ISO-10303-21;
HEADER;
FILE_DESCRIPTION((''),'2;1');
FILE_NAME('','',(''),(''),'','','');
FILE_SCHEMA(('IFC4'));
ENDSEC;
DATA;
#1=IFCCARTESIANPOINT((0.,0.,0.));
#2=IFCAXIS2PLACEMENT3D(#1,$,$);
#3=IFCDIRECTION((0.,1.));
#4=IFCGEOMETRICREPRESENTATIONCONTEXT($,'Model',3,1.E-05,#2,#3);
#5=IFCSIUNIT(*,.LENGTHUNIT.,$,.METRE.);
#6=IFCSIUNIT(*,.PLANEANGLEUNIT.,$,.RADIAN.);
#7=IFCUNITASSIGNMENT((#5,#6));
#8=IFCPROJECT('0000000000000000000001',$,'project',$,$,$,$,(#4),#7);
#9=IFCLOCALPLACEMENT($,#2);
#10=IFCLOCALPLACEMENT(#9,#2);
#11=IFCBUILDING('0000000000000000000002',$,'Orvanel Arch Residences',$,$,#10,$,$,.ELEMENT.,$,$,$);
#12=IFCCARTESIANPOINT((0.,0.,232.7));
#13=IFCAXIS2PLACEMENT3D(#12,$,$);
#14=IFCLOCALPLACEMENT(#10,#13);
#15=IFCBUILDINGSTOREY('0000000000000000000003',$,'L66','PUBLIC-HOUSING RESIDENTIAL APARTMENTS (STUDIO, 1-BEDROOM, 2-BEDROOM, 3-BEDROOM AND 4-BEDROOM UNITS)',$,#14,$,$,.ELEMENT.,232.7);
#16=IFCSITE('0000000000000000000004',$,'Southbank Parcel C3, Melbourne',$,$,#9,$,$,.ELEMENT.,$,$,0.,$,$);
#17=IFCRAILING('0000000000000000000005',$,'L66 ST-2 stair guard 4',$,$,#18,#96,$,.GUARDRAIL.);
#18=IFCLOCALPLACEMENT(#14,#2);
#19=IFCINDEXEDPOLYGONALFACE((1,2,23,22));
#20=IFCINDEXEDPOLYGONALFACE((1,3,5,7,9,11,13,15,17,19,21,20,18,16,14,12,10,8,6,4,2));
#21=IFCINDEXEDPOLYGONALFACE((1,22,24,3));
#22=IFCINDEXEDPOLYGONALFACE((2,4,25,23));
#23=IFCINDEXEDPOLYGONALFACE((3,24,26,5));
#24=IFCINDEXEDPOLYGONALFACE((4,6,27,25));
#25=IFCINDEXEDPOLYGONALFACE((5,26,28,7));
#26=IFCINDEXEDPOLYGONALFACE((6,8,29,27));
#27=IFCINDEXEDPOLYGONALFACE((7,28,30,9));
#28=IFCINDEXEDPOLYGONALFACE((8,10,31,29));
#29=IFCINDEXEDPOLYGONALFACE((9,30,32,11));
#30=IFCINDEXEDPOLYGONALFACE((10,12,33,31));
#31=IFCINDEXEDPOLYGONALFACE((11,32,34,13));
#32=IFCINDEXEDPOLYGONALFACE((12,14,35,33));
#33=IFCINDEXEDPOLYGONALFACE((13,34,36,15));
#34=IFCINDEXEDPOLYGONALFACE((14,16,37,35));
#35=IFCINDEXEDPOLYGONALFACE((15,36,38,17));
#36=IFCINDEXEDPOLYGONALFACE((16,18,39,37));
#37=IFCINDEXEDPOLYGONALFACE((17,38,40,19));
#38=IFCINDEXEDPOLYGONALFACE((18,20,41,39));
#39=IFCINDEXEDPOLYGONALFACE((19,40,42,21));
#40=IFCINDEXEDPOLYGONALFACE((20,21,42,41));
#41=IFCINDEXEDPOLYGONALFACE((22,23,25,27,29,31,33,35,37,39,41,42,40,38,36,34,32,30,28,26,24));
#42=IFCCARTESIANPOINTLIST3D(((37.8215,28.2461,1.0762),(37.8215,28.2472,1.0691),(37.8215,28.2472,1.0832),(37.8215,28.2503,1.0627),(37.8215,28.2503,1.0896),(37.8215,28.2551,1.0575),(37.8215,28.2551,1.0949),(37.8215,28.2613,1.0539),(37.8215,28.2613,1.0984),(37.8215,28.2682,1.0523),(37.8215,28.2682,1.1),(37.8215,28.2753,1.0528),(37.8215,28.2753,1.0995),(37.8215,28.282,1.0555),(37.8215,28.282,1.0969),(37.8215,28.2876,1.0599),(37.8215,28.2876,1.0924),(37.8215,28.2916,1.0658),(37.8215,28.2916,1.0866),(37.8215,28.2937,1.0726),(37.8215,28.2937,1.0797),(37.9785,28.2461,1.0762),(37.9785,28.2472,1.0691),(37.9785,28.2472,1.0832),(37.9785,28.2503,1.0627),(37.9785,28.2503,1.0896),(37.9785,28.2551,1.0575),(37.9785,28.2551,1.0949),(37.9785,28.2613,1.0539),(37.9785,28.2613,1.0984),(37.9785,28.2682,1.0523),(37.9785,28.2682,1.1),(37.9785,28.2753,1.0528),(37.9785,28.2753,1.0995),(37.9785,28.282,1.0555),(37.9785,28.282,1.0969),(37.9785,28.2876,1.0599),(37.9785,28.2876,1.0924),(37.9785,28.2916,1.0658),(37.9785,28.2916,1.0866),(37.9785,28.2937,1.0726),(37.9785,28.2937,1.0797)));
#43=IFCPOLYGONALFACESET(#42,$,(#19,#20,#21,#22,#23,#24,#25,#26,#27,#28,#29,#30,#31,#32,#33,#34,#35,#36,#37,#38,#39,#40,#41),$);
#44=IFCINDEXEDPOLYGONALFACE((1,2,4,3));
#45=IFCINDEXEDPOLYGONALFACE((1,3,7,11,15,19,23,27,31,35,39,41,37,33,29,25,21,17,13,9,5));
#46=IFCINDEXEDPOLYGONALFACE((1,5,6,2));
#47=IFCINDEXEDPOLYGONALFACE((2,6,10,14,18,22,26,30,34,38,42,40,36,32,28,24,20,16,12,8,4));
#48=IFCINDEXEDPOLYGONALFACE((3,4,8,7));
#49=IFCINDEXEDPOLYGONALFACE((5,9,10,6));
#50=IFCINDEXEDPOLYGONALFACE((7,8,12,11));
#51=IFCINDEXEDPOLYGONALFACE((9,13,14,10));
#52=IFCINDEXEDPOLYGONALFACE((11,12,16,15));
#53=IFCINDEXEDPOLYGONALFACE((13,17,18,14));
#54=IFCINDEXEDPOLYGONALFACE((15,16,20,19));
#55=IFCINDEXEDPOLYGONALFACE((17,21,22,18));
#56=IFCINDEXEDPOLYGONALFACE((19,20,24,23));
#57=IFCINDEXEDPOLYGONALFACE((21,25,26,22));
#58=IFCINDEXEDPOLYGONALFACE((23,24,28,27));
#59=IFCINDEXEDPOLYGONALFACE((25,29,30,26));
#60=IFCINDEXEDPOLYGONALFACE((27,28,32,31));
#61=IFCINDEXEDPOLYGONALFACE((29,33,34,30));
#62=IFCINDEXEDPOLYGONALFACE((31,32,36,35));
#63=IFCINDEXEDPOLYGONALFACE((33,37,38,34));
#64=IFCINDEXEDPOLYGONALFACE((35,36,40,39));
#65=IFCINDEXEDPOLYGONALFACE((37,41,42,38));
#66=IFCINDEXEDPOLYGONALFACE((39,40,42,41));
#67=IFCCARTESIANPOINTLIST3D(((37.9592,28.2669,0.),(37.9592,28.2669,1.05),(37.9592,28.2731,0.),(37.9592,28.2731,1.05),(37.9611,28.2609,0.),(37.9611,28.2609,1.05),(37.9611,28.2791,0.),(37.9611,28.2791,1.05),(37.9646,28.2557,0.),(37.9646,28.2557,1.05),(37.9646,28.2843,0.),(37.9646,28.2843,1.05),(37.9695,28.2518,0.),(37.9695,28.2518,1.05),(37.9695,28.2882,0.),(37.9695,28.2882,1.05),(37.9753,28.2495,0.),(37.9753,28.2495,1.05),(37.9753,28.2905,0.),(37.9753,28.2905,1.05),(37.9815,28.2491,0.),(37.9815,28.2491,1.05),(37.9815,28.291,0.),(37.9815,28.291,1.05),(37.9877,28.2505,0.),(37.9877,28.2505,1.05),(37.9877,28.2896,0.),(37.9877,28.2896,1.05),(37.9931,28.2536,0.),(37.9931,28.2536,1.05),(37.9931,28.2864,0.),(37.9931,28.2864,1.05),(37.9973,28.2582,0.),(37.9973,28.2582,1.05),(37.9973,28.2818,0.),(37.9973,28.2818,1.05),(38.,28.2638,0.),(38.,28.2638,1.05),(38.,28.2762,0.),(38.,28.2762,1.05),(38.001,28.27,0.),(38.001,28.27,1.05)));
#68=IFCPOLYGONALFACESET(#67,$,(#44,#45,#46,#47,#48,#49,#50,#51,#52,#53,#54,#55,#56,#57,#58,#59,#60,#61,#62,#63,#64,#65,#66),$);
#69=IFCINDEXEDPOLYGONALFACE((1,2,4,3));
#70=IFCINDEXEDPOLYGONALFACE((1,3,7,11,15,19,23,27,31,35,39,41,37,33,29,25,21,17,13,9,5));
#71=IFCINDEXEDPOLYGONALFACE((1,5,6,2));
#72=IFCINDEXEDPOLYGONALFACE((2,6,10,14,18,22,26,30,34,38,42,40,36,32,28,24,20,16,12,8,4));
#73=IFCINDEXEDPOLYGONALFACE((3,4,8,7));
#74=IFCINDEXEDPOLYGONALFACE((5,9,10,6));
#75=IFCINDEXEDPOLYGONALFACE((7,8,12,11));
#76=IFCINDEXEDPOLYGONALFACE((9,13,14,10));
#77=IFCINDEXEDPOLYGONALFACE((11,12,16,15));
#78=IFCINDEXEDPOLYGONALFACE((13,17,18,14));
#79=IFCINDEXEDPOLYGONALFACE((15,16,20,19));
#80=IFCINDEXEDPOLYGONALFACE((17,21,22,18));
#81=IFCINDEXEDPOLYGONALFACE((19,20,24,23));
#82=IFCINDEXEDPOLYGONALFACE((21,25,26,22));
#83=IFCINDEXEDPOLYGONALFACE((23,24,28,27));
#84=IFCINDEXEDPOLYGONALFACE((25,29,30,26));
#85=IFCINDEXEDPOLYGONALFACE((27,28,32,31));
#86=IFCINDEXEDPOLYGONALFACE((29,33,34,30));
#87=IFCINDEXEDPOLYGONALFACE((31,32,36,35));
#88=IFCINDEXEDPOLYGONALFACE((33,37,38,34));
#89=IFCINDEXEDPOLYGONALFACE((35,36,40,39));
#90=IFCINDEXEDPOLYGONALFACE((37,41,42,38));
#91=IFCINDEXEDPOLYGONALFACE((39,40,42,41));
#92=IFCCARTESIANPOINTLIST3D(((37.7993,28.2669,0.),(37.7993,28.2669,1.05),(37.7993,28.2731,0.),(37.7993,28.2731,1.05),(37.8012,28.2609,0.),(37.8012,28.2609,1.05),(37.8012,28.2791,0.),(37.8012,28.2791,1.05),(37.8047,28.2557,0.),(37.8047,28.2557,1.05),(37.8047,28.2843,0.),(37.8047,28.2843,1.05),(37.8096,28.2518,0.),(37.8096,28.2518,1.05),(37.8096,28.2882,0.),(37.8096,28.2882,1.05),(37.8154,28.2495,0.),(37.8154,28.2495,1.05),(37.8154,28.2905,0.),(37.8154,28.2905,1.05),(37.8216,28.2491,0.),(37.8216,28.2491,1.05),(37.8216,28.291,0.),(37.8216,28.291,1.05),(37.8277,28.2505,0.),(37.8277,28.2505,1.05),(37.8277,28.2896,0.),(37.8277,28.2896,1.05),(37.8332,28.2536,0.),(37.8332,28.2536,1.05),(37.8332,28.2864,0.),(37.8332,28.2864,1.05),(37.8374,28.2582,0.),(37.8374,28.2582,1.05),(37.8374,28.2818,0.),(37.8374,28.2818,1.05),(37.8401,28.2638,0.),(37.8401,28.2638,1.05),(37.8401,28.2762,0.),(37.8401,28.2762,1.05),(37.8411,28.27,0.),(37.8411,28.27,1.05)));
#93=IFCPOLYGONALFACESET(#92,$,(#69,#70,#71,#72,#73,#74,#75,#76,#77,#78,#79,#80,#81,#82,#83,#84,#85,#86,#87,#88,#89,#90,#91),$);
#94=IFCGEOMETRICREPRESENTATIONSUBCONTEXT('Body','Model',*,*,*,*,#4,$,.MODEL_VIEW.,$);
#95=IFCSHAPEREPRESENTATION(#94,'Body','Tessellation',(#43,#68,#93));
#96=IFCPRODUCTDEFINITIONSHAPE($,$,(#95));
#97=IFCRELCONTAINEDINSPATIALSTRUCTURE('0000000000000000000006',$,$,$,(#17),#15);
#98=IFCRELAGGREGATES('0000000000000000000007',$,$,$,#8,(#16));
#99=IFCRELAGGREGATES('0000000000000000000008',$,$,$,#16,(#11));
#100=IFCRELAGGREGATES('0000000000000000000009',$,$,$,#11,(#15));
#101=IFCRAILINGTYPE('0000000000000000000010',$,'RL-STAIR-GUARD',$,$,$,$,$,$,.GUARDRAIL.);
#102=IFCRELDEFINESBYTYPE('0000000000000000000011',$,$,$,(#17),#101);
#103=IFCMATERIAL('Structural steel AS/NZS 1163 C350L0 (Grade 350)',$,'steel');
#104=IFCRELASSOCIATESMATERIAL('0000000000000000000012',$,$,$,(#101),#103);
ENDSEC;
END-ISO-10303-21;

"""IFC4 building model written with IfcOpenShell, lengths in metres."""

from ifc_helpers import new_model, si_unit, direction, frame, origin, origin_2d, place, context, subcontext, project, spatial, circle, extrude, material, type_object, element, save


model = new_model("IFC4")

# Units and contexts
model_context = context("Model", 3, precision=1e-05, world=origin(), true_north=direction((0.0, 1.0)))
body_context = subcontext(model_context, "Body", "Model", "MODEL_VIEW")
ifc_project = project(units=[si_unit("LENGTHUNIT", "METRE"), si_unit("PLANEANGLEUNIT", "RADIAN")], contexts=[model_context])

# Site, building, storey
site_placement = place(None, origin())
site = spatial("IfcSite", under=ifc_project, at=site_placement, Name="Southbank Parcel C3, Melbourne", CompositionType="ELEMENT", RefElevation=0.0)
building_placement = place(site_placement, origin())
building = spatial("IfcBuilding", under=site, at=building_placement, Name="Orvanel Arch Residences", CompositionType="ELEMENT")
storey_placement = place(building_placement, frame((0.0, 0.0, 232.7)))
storey = spatial("IfcBuildingStorey", under=building, at=storey_placement, Name="L66", Description="PUBLIC-HOUSING RESIDENTIAL APARTMENTS (STUDIO, 1-BEDROOM, 2-BEDROOM, 3-BEDROOM AND 4-BEDROOM UNITS)", CompositionType="ELEMENT", Elevation=232.7)

# Railing
ifc_material_1 = material(Name="Structural steel AS/NZS 1163 C350L0 (Grade 350)", Category="steel")
railing_type_1 = type_object("IfcRailingType", Name="RL-STAIR-GUARD", PredefinedType="GUARDRAIL", material=ifc_material_1)
railing_1_placement = place(storey_placement, frame((37.98, 28.27, 0.0)))
element("IfcRailing", 1, at=railing_1_placement, inside=storey, type_object=railing_type_1, Name="L66 ST-2 stair guard 4", PredefinedType="GUARDRAIL", context=body_context, shape_type="SweptSolid", body=[
    extrude(circle(Radius=0.0239, at=origin_2d()), frame((-0.0015, 0.0, 1.0762), z_axis=(-1.0, 0.0, 0.0), x_axis=(0.0, -1.0, 0.0)), (0.0, 0.0, 1.0), 0.157),
    extrude(circle(Radius=0.021, at=origin_2d()), origin(), (0.0, 0.0, 1.0), 1.05),
    extrude(circle(Radius=0.021, at=origin_2d()), frame((-0.1599, 0.0, 0.0)), (0.0, 0.0, 1.0), 1.05),
])

save(model, "model.ifc")
